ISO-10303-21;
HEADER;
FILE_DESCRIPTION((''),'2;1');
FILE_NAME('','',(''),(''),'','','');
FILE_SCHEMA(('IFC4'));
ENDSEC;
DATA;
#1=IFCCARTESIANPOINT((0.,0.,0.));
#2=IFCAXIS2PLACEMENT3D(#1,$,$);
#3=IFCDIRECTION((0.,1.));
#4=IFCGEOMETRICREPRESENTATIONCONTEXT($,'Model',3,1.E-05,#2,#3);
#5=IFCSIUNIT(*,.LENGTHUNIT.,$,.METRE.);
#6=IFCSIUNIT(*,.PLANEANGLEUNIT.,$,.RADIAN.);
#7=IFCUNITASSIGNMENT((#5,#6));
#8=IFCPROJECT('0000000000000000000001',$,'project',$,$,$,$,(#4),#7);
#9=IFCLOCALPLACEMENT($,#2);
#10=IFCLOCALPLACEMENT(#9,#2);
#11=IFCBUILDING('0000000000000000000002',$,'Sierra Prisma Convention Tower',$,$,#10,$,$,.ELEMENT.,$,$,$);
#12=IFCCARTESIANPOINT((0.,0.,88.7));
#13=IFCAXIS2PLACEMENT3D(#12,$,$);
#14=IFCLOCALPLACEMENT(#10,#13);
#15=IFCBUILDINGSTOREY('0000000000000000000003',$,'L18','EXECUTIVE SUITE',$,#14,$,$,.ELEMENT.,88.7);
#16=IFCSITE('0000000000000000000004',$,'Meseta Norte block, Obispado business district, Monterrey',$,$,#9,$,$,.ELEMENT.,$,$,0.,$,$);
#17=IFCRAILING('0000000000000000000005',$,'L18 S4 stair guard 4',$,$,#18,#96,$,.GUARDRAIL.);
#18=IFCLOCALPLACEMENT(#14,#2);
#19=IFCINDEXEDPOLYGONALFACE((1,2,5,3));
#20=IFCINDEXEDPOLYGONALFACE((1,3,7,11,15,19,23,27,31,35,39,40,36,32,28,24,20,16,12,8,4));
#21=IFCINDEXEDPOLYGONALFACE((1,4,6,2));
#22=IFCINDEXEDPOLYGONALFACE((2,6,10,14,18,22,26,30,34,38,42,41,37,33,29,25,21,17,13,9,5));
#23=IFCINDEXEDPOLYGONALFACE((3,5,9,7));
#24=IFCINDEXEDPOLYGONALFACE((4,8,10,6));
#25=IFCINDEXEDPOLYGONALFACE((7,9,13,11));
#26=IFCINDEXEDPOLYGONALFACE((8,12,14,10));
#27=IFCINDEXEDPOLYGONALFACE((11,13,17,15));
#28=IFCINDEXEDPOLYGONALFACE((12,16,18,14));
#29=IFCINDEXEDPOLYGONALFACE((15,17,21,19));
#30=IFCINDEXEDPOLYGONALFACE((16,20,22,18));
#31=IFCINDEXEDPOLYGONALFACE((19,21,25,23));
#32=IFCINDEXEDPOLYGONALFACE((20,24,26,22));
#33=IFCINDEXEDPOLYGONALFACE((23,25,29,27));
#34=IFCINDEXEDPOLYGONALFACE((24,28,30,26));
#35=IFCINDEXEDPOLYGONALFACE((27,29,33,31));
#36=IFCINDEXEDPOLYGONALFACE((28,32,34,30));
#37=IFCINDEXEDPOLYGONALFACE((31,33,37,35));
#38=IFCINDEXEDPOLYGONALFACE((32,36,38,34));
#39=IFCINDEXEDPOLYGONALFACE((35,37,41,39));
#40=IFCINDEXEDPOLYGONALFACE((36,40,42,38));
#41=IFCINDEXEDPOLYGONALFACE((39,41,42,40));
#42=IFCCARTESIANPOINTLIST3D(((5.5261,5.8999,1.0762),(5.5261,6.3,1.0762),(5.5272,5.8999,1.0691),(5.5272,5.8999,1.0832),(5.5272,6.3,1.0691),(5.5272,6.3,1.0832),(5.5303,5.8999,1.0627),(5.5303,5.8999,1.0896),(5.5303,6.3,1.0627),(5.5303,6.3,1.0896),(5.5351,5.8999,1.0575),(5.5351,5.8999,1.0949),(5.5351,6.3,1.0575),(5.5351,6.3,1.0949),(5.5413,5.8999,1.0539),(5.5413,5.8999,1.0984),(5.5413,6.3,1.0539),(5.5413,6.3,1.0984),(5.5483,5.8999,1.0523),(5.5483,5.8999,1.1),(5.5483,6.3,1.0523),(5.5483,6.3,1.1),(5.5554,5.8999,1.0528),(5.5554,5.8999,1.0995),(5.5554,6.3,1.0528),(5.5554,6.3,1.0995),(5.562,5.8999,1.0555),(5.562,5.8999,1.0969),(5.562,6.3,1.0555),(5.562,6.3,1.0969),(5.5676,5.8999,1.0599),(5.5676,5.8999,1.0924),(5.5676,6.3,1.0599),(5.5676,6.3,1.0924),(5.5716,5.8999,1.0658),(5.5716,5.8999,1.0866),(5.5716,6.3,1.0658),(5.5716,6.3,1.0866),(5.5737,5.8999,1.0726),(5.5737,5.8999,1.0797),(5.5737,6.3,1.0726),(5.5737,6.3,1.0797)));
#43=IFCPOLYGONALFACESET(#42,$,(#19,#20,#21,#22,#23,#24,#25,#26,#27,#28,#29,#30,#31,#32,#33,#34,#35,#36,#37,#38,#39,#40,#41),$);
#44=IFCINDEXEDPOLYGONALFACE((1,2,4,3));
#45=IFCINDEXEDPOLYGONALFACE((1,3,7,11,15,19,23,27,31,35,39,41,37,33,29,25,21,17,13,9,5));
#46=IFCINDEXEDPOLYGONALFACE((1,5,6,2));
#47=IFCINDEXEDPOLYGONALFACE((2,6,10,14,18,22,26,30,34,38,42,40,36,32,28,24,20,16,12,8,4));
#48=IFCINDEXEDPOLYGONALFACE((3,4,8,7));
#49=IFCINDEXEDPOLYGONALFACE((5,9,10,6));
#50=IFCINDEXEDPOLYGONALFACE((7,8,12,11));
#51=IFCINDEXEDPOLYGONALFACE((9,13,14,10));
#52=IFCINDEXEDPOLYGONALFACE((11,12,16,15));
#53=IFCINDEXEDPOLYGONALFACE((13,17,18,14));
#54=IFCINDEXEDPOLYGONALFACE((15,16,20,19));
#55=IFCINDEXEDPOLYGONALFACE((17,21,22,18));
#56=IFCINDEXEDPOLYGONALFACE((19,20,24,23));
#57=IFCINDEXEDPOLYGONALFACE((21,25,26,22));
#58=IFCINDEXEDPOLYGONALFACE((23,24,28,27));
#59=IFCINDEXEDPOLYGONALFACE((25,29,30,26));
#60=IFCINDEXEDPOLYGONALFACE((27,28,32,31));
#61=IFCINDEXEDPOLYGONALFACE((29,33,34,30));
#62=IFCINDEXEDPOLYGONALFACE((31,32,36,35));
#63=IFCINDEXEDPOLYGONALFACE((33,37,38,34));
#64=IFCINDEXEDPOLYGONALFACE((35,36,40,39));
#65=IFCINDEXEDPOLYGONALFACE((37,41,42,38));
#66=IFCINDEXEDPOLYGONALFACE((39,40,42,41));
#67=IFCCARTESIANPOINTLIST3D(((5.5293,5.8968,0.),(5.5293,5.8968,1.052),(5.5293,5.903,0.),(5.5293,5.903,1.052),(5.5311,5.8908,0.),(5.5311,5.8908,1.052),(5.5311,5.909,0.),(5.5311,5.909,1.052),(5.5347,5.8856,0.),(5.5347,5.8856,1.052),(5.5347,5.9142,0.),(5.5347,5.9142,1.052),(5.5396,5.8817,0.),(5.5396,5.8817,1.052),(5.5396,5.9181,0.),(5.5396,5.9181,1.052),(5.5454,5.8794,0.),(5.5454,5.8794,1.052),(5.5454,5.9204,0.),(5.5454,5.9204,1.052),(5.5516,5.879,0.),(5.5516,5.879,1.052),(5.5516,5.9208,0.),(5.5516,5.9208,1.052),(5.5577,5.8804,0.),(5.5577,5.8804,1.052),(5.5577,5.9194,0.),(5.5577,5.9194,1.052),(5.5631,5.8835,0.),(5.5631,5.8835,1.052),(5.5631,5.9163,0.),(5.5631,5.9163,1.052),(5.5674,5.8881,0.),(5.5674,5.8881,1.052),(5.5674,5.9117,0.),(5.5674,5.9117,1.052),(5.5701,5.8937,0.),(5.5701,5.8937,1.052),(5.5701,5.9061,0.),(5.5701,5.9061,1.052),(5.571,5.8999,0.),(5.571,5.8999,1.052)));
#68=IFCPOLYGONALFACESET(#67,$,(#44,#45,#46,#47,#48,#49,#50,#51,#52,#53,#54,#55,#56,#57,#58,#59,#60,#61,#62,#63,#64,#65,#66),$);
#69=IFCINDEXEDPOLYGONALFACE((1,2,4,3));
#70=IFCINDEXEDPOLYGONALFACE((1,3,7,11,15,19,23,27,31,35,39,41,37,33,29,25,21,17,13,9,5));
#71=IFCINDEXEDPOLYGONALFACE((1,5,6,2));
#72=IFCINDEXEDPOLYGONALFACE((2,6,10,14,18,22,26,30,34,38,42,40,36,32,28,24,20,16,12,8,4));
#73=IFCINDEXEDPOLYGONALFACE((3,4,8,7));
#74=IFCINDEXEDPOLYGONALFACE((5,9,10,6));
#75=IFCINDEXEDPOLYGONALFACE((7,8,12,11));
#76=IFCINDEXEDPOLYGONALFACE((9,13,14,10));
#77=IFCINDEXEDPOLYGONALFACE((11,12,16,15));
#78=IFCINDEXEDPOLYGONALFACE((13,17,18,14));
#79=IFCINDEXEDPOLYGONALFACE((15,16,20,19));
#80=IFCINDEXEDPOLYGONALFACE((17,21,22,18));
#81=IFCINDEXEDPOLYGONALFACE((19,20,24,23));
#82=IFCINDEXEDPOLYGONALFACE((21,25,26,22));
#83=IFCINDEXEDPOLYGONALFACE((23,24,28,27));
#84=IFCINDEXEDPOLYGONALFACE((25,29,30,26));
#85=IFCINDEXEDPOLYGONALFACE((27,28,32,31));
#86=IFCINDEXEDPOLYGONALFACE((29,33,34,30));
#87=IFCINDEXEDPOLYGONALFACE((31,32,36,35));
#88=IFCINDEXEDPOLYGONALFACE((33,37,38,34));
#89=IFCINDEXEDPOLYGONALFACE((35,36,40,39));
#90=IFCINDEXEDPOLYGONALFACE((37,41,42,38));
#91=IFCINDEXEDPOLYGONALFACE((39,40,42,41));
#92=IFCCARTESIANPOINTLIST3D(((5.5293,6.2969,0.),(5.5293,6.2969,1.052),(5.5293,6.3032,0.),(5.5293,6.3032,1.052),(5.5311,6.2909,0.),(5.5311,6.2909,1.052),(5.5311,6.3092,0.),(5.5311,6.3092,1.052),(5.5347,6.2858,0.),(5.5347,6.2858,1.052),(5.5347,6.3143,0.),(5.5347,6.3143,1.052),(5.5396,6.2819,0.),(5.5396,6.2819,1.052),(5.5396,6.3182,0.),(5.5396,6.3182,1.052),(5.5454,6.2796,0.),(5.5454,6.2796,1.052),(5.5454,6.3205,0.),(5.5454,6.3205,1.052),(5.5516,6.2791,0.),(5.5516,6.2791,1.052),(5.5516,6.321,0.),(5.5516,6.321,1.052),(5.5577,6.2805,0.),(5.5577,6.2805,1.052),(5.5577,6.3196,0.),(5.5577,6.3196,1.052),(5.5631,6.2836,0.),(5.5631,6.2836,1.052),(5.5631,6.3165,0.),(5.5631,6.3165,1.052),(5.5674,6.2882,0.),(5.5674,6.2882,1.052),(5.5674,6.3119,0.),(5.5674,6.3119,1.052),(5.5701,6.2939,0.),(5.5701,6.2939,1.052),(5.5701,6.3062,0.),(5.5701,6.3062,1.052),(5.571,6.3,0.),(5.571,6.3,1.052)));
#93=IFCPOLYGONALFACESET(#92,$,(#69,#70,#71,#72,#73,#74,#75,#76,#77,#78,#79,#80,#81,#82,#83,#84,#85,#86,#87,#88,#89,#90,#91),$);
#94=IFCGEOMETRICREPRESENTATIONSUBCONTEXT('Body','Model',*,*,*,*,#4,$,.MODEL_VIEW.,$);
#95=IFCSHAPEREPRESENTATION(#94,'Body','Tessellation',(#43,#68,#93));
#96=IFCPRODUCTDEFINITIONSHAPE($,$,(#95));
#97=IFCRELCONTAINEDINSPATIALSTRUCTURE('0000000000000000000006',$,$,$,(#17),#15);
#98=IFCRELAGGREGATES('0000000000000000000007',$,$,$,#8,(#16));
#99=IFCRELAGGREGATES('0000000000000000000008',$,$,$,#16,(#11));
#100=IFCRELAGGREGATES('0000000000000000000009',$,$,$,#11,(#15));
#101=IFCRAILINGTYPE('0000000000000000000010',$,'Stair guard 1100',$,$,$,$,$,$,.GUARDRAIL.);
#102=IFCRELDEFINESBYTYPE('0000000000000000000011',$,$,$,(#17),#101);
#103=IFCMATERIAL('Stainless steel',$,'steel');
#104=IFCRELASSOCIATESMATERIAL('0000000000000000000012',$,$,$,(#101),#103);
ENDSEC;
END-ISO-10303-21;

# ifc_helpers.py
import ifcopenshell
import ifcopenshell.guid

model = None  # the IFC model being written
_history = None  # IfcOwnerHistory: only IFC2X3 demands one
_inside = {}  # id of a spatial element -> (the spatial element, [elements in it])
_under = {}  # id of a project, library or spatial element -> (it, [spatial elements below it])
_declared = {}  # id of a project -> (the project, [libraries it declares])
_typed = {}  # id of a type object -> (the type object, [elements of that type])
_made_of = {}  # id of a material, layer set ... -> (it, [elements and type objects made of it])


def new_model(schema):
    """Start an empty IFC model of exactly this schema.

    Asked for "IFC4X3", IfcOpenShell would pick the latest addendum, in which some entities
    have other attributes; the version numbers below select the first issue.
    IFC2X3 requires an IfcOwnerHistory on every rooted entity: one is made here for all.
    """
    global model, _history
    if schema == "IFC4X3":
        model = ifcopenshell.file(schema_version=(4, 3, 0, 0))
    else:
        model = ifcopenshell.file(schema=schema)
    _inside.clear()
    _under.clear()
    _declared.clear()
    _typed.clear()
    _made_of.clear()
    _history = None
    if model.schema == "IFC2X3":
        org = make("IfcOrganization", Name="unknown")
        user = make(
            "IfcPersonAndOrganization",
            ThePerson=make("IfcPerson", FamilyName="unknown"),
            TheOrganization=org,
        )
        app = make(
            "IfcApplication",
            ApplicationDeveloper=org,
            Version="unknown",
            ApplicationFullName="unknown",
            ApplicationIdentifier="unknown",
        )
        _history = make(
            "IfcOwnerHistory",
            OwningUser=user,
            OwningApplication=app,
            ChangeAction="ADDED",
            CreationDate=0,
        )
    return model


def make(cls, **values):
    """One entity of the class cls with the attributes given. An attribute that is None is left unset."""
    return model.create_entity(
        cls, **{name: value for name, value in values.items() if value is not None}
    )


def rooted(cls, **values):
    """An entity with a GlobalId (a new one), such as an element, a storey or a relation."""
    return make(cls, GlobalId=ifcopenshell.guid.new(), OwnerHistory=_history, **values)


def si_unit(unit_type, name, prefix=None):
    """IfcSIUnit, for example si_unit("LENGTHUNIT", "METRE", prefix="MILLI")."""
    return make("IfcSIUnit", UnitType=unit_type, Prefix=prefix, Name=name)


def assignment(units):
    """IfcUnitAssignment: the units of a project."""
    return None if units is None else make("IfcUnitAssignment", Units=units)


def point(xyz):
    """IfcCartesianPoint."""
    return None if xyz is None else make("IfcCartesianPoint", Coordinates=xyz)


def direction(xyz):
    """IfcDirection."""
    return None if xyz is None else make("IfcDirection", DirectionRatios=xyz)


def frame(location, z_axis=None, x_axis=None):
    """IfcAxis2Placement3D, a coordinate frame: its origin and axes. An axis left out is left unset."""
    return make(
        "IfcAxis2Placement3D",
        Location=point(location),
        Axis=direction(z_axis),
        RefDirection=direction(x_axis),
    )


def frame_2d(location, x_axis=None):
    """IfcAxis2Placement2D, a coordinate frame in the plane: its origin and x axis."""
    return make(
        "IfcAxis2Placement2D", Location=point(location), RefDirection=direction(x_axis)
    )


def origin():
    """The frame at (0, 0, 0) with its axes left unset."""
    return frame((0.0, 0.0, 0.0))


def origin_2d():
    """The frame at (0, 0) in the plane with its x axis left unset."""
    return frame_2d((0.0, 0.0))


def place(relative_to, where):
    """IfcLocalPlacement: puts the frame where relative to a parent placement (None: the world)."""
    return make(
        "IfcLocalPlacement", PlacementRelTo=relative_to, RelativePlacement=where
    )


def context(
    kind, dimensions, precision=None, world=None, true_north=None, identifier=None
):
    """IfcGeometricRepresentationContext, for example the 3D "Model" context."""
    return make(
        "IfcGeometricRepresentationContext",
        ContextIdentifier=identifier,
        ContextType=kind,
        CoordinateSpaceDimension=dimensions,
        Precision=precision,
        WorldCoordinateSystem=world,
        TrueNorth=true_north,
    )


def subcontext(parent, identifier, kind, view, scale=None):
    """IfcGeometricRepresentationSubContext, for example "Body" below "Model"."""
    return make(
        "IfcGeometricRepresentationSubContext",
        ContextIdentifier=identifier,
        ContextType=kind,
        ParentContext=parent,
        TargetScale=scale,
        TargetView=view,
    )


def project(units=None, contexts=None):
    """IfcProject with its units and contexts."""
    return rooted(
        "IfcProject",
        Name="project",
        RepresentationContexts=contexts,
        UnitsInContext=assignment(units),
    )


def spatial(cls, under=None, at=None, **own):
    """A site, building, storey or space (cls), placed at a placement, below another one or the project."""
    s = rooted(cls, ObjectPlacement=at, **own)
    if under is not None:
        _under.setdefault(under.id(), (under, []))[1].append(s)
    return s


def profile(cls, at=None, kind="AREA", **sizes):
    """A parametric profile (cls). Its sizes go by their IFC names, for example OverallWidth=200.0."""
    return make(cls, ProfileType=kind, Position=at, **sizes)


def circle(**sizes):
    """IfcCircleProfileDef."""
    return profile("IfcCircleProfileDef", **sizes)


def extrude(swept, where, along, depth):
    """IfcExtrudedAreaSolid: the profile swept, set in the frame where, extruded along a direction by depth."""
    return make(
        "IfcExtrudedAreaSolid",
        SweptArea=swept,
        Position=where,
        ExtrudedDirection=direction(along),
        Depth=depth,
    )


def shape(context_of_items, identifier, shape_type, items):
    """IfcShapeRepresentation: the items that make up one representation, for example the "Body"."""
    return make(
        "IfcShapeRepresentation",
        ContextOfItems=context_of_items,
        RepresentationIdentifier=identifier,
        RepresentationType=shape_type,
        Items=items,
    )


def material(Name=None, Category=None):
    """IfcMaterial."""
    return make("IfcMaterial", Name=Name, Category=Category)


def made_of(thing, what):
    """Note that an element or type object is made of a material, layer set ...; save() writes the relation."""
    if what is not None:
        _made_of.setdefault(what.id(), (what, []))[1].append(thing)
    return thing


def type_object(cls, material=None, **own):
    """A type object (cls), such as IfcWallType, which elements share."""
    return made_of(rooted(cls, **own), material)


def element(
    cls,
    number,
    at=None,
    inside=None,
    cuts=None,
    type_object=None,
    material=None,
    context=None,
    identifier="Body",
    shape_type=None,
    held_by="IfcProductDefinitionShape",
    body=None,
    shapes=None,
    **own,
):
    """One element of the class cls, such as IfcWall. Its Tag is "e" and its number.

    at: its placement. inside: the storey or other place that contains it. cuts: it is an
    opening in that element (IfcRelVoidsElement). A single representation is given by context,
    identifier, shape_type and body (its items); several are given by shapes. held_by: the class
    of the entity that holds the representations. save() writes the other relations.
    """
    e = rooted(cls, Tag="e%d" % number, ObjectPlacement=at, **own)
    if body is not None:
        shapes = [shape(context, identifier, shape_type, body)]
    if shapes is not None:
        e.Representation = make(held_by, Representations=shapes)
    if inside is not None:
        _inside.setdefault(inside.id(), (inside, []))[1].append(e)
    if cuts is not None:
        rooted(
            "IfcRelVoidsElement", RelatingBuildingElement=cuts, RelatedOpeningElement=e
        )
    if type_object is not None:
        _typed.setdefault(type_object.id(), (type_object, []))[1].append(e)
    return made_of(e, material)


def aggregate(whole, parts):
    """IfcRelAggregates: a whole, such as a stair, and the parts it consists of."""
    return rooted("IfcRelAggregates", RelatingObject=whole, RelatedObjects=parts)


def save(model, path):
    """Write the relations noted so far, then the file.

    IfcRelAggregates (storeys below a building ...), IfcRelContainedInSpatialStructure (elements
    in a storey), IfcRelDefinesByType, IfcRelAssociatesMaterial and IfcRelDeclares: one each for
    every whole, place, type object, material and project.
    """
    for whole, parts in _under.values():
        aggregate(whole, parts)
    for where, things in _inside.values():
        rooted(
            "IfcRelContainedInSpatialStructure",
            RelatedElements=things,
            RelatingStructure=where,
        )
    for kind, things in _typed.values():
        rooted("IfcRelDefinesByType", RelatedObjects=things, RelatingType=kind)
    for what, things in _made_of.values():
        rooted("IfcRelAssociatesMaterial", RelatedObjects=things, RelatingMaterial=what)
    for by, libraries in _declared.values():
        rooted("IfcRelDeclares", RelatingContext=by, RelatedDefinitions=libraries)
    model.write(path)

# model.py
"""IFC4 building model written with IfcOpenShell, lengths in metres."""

from ifc_helpers import new_model, si_unit, direction, frame, origin, origin_2d, place, context, subcontext, project, spatial, circle, extrude, material, type_object, element, save


model = new_model("IFC4")

# Units and contexts
model_context = context("Model", 3, precision=1e-05, world=origin(), true_north=direction((0.0, 1.0)))
body_context = subcontext(model_context, "Body", "Model", "MODEL_VIEW")
ifc_project = project(units=[si_unit("LENGTHUNIT", "METRE"), si_unit("PLANEANGLEUNIT", "RADIAN")], contexts=[model_context])

# Site, building, storey
site_placement = place(None, origin())
site = spatial("IfcSite", under=ifc_project, at=site_placement, Name="Meseta Norte block, Obispado business district, Monterrey", CompositionType="ELEMENT", RefElevation=0.0)
building_placement = place(site_placement, origin())
building = spatial("IfcBuilding", under=site, at=building_placement, Name="Sierra Prisma Convention Tower", CompositionType="ELEMENT")
storey_placement = place(building_placement, frame((0.0, 0.0, 88.7)))
storey = spatial("IfcBuildingStorey", under=building, at=storey_placement, Name="L18", Description="EXECUTIVE SUITE", CompositionType="ELEMENT", Elevation=88.7)

# Railing
ifc_material_1 = material(Name="Stainless steel", Category="steel")
railing_type_1 = type_object("IfcRailingType", Name="Stair guard 1100", PredefinedType="GUARDRAIL", material=ifc_material_1)
railing_1_placement = place(storey_placement, frame((5.55, 5.8999, 0.0)))
element("IfcRailing", 1, at=railing_1_placement, inside=storey, type_object=railing_type_1, Name="L18 S4 stair guard 4", PredefinedType="GUARDRAIL", context=body_context, shape_type="SweptSolid", body=[
    extrude(circle(Radius=0.0239, at=origin_2d()), frame((0.0, 0.0, 1.0762), z_axis=(0.0, 1.0, 0.0), x_axis=(-1.0, 0.0, 0.0)), (0.0, 0.0, 1.0), 0.4001),
    extrude(circle(Radius=0.021, at=origin_2d()), origin(), (0.0, 0.0, 1.0), 1.052),
    extrude(circle(Radius=0.021, at=origin_2d()), frame((0.0, 0.4001, 0.0)), (0.0, 0.0, 1.0), 1.052),
])

save(model, "model.ifc")
